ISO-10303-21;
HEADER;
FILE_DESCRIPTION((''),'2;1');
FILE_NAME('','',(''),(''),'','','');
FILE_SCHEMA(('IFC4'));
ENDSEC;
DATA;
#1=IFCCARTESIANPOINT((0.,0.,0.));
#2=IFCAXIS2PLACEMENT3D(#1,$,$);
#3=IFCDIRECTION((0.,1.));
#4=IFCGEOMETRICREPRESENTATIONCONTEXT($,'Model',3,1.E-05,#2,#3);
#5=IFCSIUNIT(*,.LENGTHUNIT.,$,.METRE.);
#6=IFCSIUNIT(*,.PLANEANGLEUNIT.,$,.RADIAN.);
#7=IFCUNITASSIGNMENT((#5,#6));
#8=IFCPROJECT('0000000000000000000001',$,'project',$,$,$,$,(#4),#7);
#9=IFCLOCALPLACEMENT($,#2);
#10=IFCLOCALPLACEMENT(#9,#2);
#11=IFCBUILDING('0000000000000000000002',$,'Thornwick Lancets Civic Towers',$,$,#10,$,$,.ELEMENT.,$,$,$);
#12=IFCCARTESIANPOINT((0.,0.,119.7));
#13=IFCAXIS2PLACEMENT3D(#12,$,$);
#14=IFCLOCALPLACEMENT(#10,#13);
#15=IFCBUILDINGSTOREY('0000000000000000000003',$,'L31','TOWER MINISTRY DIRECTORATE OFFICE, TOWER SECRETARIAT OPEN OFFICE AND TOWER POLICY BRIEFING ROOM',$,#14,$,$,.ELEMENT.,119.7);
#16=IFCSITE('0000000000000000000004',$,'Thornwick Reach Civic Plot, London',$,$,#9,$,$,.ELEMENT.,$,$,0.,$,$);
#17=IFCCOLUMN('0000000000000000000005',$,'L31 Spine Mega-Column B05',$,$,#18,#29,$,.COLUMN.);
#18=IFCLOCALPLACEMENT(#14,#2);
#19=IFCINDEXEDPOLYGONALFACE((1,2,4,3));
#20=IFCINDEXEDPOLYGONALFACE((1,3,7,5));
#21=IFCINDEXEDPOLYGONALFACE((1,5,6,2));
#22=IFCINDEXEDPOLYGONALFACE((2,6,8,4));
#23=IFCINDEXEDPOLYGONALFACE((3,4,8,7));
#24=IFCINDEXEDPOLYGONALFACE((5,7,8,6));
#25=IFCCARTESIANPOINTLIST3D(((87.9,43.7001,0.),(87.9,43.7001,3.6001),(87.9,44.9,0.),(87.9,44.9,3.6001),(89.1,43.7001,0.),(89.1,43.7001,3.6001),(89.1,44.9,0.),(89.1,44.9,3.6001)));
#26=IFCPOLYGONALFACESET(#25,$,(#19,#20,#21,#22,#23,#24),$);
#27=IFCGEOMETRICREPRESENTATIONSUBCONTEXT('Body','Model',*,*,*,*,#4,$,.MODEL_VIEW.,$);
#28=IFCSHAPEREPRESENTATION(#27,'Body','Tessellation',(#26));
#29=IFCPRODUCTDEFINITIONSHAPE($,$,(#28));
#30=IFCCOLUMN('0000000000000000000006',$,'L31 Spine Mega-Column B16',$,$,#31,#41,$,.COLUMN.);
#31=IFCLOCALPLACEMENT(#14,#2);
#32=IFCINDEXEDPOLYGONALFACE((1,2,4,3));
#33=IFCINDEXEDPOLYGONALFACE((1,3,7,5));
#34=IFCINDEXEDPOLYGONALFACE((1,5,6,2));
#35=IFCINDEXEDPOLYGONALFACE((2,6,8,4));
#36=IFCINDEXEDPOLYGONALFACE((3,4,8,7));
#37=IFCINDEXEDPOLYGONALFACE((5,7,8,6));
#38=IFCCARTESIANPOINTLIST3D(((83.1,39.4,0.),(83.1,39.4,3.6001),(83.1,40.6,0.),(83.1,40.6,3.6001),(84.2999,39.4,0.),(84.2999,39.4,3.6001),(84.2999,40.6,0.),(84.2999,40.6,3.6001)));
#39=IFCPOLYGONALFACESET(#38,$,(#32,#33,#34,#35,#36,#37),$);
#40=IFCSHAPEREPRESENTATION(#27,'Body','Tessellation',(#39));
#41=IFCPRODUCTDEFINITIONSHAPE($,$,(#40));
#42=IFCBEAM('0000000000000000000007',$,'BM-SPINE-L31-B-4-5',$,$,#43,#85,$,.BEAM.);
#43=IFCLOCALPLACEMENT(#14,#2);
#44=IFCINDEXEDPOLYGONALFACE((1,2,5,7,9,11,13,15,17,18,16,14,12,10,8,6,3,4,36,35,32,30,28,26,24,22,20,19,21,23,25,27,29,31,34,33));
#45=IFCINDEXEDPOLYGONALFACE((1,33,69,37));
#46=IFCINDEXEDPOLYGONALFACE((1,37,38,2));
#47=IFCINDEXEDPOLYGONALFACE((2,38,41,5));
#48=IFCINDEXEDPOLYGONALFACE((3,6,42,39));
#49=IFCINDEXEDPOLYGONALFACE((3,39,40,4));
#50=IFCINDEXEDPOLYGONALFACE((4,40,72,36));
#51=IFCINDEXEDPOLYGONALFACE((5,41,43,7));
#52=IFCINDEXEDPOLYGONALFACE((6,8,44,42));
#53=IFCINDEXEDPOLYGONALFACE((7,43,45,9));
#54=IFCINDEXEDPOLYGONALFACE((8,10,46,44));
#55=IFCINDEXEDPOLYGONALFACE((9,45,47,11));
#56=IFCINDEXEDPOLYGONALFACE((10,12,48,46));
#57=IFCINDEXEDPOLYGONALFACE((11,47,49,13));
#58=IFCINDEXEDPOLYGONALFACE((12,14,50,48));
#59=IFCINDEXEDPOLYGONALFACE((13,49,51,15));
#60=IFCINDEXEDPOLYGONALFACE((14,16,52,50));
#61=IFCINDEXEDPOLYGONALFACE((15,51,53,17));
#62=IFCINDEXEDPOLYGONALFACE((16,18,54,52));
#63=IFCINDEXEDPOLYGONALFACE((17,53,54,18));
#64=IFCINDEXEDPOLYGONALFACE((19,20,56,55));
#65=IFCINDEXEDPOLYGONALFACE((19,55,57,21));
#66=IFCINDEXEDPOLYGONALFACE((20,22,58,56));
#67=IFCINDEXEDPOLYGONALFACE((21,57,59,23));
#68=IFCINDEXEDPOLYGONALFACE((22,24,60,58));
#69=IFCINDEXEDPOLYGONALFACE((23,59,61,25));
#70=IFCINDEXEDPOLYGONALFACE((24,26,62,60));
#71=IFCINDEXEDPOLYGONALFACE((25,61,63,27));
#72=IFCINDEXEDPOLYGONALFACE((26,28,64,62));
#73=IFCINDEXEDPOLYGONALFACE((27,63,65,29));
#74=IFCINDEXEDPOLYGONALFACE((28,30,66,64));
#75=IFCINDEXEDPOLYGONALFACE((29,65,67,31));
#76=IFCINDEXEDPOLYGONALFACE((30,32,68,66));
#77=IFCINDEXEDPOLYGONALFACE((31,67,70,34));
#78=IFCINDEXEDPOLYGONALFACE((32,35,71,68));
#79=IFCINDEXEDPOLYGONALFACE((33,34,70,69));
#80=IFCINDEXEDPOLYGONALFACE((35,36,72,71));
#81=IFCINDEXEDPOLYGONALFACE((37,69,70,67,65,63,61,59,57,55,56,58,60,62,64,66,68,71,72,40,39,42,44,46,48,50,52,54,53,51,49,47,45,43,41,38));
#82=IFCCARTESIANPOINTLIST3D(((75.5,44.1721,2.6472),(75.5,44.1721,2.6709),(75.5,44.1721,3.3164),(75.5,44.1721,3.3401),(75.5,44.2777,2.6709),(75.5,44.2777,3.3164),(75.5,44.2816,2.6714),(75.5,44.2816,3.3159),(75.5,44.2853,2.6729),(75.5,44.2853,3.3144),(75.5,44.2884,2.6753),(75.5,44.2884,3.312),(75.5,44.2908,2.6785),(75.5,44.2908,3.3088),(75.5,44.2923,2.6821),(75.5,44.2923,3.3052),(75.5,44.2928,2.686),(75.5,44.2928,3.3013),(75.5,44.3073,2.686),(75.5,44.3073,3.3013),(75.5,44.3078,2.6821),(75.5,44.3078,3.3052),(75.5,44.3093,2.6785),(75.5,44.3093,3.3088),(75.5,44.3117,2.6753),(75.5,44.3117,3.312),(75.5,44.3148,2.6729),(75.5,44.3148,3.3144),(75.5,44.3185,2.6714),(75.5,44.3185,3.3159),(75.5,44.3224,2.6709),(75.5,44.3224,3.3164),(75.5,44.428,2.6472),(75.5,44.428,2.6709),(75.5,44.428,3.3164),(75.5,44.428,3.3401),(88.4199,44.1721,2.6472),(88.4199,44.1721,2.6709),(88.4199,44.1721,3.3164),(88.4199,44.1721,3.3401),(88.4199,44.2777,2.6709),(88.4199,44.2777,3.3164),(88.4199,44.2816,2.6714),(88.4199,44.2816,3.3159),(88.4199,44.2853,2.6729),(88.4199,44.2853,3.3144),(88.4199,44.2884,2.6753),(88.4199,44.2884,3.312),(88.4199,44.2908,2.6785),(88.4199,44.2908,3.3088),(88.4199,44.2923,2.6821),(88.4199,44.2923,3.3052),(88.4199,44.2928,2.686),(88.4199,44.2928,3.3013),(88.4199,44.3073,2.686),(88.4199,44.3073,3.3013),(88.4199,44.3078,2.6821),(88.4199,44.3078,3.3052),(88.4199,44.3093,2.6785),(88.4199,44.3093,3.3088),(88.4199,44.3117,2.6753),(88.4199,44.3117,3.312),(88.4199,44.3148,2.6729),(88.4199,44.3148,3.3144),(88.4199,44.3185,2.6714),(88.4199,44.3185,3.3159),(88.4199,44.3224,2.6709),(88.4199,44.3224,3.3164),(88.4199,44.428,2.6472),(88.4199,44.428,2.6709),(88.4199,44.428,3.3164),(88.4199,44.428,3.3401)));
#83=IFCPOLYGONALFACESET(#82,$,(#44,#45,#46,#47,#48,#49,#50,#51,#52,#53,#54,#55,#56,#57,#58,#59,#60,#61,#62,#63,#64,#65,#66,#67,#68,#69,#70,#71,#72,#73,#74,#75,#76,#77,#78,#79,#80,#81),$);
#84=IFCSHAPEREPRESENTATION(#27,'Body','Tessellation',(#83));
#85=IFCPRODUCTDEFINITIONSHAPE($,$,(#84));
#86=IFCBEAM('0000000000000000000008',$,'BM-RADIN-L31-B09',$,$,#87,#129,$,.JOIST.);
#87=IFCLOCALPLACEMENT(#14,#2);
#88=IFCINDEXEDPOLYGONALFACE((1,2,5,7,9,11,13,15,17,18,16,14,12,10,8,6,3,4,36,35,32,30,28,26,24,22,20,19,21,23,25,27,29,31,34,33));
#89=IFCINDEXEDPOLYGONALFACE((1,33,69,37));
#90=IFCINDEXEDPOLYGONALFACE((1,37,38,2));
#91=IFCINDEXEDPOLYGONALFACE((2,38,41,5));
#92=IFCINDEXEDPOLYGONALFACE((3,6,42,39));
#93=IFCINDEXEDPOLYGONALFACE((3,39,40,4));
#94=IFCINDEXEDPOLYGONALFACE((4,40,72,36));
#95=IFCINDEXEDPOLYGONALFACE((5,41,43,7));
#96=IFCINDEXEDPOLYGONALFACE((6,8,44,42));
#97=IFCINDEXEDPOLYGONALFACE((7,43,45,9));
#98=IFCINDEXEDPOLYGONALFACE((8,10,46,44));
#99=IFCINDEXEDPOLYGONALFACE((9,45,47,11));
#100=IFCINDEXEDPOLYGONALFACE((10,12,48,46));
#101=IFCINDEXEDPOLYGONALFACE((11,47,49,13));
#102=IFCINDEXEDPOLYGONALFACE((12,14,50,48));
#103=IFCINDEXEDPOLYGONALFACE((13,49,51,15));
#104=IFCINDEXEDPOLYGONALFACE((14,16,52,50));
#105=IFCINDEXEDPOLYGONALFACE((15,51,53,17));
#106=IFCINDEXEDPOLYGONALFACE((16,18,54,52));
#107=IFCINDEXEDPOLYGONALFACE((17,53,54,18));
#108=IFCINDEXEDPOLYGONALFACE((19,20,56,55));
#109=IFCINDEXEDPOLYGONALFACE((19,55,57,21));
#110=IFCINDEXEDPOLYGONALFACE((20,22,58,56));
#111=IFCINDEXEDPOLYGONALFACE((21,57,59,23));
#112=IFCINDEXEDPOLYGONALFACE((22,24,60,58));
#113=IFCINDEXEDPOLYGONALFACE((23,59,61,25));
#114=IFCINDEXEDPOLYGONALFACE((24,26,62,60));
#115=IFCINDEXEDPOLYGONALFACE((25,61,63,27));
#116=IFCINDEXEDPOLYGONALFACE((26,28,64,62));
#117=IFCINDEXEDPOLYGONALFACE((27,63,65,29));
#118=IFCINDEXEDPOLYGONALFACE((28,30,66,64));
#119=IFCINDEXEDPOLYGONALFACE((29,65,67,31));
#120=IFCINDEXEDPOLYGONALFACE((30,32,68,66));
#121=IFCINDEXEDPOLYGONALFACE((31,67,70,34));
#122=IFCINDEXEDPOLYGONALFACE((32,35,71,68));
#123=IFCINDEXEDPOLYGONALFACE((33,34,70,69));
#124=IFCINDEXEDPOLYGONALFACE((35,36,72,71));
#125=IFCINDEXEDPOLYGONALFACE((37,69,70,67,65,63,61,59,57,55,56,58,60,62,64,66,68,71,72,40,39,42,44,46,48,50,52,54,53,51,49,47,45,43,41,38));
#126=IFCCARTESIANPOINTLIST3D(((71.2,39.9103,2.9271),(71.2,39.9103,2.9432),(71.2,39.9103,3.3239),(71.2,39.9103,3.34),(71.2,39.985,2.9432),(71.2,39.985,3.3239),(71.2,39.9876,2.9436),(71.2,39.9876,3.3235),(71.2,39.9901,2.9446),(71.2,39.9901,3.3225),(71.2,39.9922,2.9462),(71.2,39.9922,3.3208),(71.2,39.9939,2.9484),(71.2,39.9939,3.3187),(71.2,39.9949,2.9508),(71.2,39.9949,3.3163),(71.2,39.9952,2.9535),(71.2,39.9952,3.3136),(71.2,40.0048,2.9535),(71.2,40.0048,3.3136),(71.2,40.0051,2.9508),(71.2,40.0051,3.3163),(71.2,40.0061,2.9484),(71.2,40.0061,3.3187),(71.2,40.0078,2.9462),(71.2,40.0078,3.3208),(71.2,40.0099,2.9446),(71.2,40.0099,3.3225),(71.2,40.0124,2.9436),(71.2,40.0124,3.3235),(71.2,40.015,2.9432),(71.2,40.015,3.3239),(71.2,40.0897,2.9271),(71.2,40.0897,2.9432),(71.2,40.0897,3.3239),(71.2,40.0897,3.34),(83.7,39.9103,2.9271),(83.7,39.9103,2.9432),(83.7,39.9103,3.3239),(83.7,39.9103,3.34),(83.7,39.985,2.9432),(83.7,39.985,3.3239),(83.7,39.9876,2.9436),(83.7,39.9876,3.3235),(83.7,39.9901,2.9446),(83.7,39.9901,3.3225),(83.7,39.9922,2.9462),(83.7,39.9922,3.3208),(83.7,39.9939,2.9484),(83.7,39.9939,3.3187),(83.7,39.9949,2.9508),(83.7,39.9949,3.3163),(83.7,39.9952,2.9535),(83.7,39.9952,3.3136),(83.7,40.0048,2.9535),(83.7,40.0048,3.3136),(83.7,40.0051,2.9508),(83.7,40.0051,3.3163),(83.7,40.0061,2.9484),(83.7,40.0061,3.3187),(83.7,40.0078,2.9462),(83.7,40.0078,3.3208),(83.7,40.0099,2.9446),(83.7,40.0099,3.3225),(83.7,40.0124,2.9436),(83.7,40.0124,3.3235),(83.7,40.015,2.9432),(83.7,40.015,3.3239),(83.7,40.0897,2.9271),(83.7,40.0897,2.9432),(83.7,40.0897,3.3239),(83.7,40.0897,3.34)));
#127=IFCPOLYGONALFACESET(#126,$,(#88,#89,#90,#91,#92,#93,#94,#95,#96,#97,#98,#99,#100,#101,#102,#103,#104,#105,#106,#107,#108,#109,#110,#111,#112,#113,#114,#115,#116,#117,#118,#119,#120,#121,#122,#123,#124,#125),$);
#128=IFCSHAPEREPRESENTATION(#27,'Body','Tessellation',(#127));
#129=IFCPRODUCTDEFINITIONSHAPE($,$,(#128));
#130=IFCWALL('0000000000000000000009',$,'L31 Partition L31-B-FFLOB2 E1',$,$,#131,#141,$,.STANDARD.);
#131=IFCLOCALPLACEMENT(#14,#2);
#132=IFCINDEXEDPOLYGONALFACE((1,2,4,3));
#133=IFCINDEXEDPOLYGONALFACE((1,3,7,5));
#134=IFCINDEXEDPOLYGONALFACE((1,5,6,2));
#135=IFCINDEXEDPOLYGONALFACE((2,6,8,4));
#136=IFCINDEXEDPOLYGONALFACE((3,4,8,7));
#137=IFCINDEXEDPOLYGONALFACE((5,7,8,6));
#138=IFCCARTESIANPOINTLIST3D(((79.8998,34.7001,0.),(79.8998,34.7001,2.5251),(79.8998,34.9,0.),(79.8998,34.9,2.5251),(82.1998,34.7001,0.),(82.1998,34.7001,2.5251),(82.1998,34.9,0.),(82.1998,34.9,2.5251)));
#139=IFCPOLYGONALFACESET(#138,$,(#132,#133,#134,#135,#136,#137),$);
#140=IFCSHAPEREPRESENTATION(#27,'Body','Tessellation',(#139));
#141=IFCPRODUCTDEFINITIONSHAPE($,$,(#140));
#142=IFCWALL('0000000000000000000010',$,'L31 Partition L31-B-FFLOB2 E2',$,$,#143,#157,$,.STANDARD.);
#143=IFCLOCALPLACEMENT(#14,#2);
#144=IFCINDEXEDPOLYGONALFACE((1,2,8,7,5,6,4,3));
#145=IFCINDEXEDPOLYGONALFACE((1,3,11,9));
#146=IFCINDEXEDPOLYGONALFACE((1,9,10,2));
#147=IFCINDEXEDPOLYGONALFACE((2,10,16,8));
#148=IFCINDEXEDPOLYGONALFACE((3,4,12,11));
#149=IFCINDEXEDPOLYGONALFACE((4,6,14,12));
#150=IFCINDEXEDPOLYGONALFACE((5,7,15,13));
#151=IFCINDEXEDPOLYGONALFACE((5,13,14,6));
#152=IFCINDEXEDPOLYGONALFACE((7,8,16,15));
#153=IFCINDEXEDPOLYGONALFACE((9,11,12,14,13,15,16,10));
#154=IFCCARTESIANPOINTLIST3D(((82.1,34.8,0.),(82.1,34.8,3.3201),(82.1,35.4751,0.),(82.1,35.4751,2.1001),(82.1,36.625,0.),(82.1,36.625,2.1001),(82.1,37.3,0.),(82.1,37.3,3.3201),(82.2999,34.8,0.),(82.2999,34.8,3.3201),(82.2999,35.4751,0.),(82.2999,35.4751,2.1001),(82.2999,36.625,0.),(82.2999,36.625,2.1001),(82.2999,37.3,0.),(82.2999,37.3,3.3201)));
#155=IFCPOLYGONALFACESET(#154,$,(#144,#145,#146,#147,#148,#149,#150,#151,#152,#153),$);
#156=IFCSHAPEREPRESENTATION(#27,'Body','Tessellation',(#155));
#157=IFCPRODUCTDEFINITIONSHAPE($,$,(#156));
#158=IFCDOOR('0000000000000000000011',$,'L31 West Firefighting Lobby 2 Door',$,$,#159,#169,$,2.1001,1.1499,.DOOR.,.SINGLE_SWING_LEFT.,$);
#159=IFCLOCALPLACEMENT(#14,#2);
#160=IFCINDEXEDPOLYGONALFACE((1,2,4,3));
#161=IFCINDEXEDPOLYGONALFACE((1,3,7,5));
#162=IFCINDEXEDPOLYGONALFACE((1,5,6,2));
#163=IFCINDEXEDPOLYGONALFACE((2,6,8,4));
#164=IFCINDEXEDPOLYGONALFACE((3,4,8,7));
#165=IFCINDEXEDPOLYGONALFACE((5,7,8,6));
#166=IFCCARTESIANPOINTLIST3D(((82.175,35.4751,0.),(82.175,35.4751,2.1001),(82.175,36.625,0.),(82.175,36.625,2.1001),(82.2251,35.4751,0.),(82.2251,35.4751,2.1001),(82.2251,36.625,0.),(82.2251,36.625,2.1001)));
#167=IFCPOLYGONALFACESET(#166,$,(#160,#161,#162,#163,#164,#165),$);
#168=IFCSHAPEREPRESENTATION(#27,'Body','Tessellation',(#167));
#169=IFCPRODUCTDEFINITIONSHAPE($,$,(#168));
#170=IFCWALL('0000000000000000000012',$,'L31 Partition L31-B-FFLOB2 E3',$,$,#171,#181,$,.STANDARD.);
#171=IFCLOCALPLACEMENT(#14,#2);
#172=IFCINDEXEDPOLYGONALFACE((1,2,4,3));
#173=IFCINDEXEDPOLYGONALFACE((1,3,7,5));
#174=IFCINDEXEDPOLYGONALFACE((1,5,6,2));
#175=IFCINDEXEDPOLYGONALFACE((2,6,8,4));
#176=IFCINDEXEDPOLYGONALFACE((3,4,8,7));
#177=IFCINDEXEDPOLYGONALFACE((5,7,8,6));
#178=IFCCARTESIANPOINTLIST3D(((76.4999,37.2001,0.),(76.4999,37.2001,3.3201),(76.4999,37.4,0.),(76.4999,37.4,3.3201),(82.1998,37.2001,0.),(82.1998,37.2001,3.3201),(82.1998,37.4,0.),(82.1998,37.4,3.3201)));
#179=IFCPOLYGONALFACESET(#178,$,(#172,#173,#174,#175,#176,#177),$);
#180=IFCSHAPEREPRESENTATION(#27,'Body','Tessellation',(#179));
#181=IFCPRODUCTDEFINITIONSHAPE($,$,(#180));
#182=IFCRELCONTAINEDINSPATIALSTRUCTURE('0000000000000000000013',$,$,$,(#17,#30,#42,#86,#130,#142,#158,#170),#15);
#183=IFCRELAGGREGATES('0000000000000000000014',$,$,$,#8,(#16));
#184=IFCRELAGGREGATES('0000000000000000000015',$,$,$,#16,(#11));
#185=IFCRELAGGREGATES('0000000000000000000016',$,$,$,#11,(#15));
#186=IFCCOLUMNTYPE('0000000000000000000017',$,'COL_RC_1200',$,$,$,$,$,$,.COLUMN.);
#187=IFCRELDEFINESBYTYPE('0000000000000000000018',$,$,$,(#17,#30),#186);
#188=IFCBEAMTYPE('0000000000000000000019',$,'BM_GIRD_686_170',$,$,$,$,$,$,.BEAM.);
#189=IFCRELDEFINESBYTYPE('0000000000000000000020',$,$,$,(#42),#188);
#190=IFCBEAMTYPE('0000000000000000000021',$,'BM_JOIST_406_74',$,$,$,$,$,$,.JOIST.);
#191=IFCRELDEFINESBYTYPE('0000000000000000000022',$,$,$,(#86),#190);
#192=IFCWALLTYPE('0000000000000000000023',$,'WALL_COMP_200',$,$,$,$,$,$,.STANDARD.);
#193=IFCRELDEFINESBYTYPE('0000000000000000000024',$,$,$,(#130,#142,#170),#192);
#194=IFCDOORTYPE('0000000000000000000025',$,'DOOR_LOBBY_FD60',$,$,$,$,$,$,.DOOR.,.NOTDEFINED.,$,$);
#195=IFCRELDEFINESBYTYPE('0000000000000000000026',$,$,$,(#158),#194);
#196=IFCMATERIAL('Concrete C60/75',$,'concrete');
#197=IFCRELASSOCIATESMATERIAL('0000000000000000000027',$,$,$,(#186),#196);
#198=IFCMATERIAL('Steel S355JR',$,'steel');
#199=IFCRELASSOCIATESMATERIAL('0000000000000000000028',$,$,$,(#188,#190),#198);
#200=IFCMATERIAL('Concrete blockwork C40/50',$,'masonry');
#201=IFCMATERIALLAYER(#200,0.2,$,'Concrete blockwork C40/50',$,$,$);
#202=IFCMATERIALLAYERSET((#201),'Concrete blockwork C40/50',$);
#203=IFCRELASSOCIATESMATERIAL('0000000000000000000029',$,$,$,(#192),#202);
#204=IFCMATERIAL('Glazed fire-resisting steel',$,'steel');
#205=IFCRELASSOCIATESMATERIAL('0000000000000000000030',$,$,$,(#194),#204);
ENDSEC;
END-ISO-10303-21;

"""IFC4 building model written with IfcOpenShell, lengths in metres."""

from ifc_helpers import new_model, si_unit, direction, frame, frame_2d, origin, origin_2d, place, context, subcontext, project, spatial, rectangle, i_section, extrude, material, layer, layer_set, material_profile, profile_set, type_object, element, fill, save


model = new_model("IFC4")

# Units and contexts
model_context = context("Model", 3, precision=1e-05, world=origin(), true_north=direction((0.0, 1.0)))
body_context = subcontext(model_context, "Body", "Model", "MODEL_VIEW")
ifc_project = project(units=[si_unit("LENGTHUNIT", "METRE"), si_unit("PLANEANGLEUNIT", "RADIAN")], contexts=[model_context])

# Site, building, storey
site_placement = place(None, origin())
site = spatial("IfcSite", under=ifc_project, at=site_placement, Name="Thornwick Reach Civic Plot, London", CompositionType="ELEMENT", RefElevation=0.0)
building_placement = place(site_placement, origin())
building = spatial("IfcBuilding", under=site, at=building_placement, Name="Thornwick Lancets Civic Towers", CompositionType="ELEMENT")
storey_placement = place(building_placement, frame((0.0, 0.0, 119.7)))
storey = spatial("IfcBuildingStorey", under=building, at=storey_placement, Name="L31", Description="TOWER MINISTRY DIRECTORATE OFFICE, TOWER SECRETARIAT OPEN OFFICE AND TOWER POLICY BRIEFING ROOM", CompositionType="ELEMENT", Elevation=119.7)

# Columns
ifc_material_1 = material(Name="Concrete C60/75", Category="concrete")
ifc_material_profile_1 = material_profile(ifc_material_1, rectangle(XDim=1.2, YDim=1.2, at=origin_2d()), Name="RC 1200x1200")
ifc_profile_set_1 = profile_set([ifc_material_profile_1], Name="Concrete C60/75")
column_type = type_object("IfcColumnType", Name="COL_RC_1200", PredefinedType="COLUMN", material=ifc_profile_set_1)
for number, where, z_axis, x_axis, name in (
    (1, (88.5, 44.3, 0.0), (0.0, 0.0, 1.0), (1.0, 0.0, 0.0), "L31 Spine Mega-Column B05"),
    (2, (83.7, 40.0, 0.0), (0.0, 0.0, 1.0), (1.0, 0.0, 0.0), "L31 Spine Mega-Column B16"),
):
    element("IfcColumn", number, at=place(storey_placement, frame(where, z_axis=z_axis, x_axis=x_axis)), inside=storey, type_object=column_type, Name=name, PredefinedType="COLUMN", context=body_context, shape_type="SweptSolid", body=[
        extrude(rectangle(XDim=1.2, YDim=1.2, at=origin_2d()), origin(), (0.0, 0.0, 1.0), 3.6001),
    ])

# Beams
ifc_material_2 = material(Name="Steel S355JR", Category="steel")
ifc_material_profile_2 = material_profile(ifc_material_2, i_section(OverallWidth=0.2559, OverallDepth=0.6929, WebThickness=0.0144, FlangeThickness=0.0237, FilletRadius=0.0151, at=origin_2d()), Name="UKB 686x254x170")
ifc_profile_set_2 = profile_set([ifc_material_profile_2], Name="Steel S355JR")
beam_type_1 = type_object("IfcBeamType", Name="BM_GIRD_686_170", PredefinedType="BEAM", material=ifc_profile_set_2)
beam_1_placement = place(storey_placement, frame((88.4199, 44.3, 2.9937), z_axis=(-1.0, 0.0, 0.0), x_axis=(0.0, -1.0, 0.0)))
element("IfcBeam", 3, at=beam_1_placement, inside=storey, type_object=beam_type_1, Name="BM-SPINE-L31-B-4-5", PredefinedType="BEAM", context=body_context, shape_type="SweptSolid", body=[
    extrude(i_section(OverallWidth=0.2559, OverallDepth=0.6929, WebThickness=0.0144, FlangeThickness=0.0237, FilletRadius=0.0151, at=origin_2d()), origin(), (0.0, 0.0, 1.0), 12.9199),
])
ifc_material_profile_3 = material_profile(ifc_material_2, i_section(OverallWidth=0.1794, OverallDepth=0.4128, WebThickness=0.0095, FlangeThickness=0.0161, FilletRadius=0.0103, at=origin_2d()), Name="UKB 406x178x74")
ifc_profile_set_3 = profile_set([ifc_material_profile_3], Name="Steel S355JR")
beam_type_2 = type_object("IfcBeamType", Name="BM_JOIST_406_74", PredefinedType="JOIST", material=ifc_profile_set_3)
beam_2_placement = place(storey_placement, frame((83.7, 40.0, 3.1335), z_axis=(-1.0, 0.0, 0.0), x_axis=(0.0, -1.0, 0.0)))
element("IfcBeam", 4, at=beam_2_placement, inside=storey, type_object=beam_type_2, Name="BM-RADIN-L31-B09", PredefinedType="JOIST", context=body_context, shape_type="SweptSolid", body=[
    extrude(i_section(OverallWidth=0.1794, OverallDepth=0.4128, WebThickness=0.0095, FlangeThickness=0.0161, FilletRadius=0.0103, at=origin_2d()), origin(), (0.0, 0.0, 1.0), 12.5),
])

# Wall
ifc_material_3 = material(Name="Concrete blockwork C40/50", Category="masonry")
ifc_layer_1 = layer(ifc_material_3, 0.2, Name="Concrete blockwork C40/50")
ifc_layer_set_1 = layer_set([ifc_layer_1], Name="Concrete blockwork C40/50")
wall_type_1 = type_object("IfcWallType", Name="WALL_COMP_200", PredefinedType="STANDARD", material=ifc_layer_set_1)
wall_1_placement = place(storey_placement, frame((79.8999, 34.8, 0.0), z_axis=(0.0, 0.0, 1.0), x_axis=(1.0, 0.0, 0.0)))
element("IfcWall", 5, at=wall_1_placement, inside=storey, type_object=wall_type_1, Name="L31 Partition L31-B-FFLOB2 E1", PredefinedType="STANDARD", context=body_context, shape_type="SweptSolid", body=[
    extrude(rectangle(XDim=2.3, YDim=0.2, at=frame_2d((1.1499, 0.0))), origin(), (0.0, 0.0, 1.0), 2.5251),
])

# Wall, opening, door
wall_2_placement = place(storey_placement, frame((82.2, 34.8, 0.0), z_axis=(0.0, 0.0, 1.0), x_axis=(0.0, 1.0, 0.0)))
wall_2 = element("IfcWall", 6, at=wall_2_placement, inside=storey, type_object=wall_type_1, Name="L31 Partition L31-B-FFLOB2 E2", PredefinedType="STANDARD", context=body_context, shape_type="SweptSolid", body=[
    extrude(rectangle(XDim=2.5, YDim=0.2, at=frame_2d((1.25, 0.0))), origin(), (0.0, 0.0, 1.0), 3.3201),
])
opening_1_placement = place(wall_2_placement, frame((0.675, 0.0, 0.0)))
opening_1 = element("IfcOpeningElement", 7, at=opening_1_placement, cuts=wall_2, PredefinedType="OPENING", context=body_context, shape_type="SweptSolid", body=[
    extrude(rectangle(XDim=1.1499, YDim=2.1001, at=frame_2d((0.575, 1.05))), frame((0.0, 0.1099, 0.0), z_axis=(0.0, -1.0, 0.0), x_axis=(1.0, 0.0, 0.0)), (0.0, 0.0, 1.0), 0.22),
])
ifc_material_4 = material(Name="Glazed fire-resisting steel", Category="steel")
door_type_1 = type_object("IfcDoorType", Name="DOOR_LOBBY_FD60", OperationType="NOTDEFINED", PredefinedType="DOOR", material=ifc_material_4)
door_1_placement = place(opening_1_placement, origin())
door_1 = element("IfcDoor", 8, at=door_1_placement, inside=storey, type_object=door_type_1, Name="L31 West Firefighting Lobby 2 Door", OperationType="SINGLE_SWING_LEFT", OverallHeight=2.1001, OverallWidth=1.1499, PredefinedType="DOOR", context=body_context, shape_type="SweptSolid", body=[
    extrude(rectangle(XDim=1.1499, YDim=2.1001, at=frame_2d((0.575, 1.05))), frame((0.0, 0.0249, 0.0), z_axis=(0.0, -1.0, 0.0), x_axis=(1.0, 0.0, 0.0)), (0.0, 0.0, 1.0), 0.05),
])
fill(opening_1, door_1)

# Wall
wall_3_placement = place(storey_placement, frame((82.2, 37.3, 0.0), z_axis=(0.0, 0.0, 1.0), x_axis=(-1.0, 0.0, 0.0)))
element("IfcWall", 9, at=wall_3_placement, inside=storey, type_object=wall_type_1, Name="L31 Partition L31-B-FFLOB2 E3", PredefinedType="STANDARD", context=body_context, shape_type="SweptSolid", body=[
    extrude(rectangle(XDim=5.7, YDim=0.2, at=frame_2d((2.8501, 0.0))), origin(), (0.0, 0.0, 1.0), 3.3201),
])

save(model, "model.ifc")
